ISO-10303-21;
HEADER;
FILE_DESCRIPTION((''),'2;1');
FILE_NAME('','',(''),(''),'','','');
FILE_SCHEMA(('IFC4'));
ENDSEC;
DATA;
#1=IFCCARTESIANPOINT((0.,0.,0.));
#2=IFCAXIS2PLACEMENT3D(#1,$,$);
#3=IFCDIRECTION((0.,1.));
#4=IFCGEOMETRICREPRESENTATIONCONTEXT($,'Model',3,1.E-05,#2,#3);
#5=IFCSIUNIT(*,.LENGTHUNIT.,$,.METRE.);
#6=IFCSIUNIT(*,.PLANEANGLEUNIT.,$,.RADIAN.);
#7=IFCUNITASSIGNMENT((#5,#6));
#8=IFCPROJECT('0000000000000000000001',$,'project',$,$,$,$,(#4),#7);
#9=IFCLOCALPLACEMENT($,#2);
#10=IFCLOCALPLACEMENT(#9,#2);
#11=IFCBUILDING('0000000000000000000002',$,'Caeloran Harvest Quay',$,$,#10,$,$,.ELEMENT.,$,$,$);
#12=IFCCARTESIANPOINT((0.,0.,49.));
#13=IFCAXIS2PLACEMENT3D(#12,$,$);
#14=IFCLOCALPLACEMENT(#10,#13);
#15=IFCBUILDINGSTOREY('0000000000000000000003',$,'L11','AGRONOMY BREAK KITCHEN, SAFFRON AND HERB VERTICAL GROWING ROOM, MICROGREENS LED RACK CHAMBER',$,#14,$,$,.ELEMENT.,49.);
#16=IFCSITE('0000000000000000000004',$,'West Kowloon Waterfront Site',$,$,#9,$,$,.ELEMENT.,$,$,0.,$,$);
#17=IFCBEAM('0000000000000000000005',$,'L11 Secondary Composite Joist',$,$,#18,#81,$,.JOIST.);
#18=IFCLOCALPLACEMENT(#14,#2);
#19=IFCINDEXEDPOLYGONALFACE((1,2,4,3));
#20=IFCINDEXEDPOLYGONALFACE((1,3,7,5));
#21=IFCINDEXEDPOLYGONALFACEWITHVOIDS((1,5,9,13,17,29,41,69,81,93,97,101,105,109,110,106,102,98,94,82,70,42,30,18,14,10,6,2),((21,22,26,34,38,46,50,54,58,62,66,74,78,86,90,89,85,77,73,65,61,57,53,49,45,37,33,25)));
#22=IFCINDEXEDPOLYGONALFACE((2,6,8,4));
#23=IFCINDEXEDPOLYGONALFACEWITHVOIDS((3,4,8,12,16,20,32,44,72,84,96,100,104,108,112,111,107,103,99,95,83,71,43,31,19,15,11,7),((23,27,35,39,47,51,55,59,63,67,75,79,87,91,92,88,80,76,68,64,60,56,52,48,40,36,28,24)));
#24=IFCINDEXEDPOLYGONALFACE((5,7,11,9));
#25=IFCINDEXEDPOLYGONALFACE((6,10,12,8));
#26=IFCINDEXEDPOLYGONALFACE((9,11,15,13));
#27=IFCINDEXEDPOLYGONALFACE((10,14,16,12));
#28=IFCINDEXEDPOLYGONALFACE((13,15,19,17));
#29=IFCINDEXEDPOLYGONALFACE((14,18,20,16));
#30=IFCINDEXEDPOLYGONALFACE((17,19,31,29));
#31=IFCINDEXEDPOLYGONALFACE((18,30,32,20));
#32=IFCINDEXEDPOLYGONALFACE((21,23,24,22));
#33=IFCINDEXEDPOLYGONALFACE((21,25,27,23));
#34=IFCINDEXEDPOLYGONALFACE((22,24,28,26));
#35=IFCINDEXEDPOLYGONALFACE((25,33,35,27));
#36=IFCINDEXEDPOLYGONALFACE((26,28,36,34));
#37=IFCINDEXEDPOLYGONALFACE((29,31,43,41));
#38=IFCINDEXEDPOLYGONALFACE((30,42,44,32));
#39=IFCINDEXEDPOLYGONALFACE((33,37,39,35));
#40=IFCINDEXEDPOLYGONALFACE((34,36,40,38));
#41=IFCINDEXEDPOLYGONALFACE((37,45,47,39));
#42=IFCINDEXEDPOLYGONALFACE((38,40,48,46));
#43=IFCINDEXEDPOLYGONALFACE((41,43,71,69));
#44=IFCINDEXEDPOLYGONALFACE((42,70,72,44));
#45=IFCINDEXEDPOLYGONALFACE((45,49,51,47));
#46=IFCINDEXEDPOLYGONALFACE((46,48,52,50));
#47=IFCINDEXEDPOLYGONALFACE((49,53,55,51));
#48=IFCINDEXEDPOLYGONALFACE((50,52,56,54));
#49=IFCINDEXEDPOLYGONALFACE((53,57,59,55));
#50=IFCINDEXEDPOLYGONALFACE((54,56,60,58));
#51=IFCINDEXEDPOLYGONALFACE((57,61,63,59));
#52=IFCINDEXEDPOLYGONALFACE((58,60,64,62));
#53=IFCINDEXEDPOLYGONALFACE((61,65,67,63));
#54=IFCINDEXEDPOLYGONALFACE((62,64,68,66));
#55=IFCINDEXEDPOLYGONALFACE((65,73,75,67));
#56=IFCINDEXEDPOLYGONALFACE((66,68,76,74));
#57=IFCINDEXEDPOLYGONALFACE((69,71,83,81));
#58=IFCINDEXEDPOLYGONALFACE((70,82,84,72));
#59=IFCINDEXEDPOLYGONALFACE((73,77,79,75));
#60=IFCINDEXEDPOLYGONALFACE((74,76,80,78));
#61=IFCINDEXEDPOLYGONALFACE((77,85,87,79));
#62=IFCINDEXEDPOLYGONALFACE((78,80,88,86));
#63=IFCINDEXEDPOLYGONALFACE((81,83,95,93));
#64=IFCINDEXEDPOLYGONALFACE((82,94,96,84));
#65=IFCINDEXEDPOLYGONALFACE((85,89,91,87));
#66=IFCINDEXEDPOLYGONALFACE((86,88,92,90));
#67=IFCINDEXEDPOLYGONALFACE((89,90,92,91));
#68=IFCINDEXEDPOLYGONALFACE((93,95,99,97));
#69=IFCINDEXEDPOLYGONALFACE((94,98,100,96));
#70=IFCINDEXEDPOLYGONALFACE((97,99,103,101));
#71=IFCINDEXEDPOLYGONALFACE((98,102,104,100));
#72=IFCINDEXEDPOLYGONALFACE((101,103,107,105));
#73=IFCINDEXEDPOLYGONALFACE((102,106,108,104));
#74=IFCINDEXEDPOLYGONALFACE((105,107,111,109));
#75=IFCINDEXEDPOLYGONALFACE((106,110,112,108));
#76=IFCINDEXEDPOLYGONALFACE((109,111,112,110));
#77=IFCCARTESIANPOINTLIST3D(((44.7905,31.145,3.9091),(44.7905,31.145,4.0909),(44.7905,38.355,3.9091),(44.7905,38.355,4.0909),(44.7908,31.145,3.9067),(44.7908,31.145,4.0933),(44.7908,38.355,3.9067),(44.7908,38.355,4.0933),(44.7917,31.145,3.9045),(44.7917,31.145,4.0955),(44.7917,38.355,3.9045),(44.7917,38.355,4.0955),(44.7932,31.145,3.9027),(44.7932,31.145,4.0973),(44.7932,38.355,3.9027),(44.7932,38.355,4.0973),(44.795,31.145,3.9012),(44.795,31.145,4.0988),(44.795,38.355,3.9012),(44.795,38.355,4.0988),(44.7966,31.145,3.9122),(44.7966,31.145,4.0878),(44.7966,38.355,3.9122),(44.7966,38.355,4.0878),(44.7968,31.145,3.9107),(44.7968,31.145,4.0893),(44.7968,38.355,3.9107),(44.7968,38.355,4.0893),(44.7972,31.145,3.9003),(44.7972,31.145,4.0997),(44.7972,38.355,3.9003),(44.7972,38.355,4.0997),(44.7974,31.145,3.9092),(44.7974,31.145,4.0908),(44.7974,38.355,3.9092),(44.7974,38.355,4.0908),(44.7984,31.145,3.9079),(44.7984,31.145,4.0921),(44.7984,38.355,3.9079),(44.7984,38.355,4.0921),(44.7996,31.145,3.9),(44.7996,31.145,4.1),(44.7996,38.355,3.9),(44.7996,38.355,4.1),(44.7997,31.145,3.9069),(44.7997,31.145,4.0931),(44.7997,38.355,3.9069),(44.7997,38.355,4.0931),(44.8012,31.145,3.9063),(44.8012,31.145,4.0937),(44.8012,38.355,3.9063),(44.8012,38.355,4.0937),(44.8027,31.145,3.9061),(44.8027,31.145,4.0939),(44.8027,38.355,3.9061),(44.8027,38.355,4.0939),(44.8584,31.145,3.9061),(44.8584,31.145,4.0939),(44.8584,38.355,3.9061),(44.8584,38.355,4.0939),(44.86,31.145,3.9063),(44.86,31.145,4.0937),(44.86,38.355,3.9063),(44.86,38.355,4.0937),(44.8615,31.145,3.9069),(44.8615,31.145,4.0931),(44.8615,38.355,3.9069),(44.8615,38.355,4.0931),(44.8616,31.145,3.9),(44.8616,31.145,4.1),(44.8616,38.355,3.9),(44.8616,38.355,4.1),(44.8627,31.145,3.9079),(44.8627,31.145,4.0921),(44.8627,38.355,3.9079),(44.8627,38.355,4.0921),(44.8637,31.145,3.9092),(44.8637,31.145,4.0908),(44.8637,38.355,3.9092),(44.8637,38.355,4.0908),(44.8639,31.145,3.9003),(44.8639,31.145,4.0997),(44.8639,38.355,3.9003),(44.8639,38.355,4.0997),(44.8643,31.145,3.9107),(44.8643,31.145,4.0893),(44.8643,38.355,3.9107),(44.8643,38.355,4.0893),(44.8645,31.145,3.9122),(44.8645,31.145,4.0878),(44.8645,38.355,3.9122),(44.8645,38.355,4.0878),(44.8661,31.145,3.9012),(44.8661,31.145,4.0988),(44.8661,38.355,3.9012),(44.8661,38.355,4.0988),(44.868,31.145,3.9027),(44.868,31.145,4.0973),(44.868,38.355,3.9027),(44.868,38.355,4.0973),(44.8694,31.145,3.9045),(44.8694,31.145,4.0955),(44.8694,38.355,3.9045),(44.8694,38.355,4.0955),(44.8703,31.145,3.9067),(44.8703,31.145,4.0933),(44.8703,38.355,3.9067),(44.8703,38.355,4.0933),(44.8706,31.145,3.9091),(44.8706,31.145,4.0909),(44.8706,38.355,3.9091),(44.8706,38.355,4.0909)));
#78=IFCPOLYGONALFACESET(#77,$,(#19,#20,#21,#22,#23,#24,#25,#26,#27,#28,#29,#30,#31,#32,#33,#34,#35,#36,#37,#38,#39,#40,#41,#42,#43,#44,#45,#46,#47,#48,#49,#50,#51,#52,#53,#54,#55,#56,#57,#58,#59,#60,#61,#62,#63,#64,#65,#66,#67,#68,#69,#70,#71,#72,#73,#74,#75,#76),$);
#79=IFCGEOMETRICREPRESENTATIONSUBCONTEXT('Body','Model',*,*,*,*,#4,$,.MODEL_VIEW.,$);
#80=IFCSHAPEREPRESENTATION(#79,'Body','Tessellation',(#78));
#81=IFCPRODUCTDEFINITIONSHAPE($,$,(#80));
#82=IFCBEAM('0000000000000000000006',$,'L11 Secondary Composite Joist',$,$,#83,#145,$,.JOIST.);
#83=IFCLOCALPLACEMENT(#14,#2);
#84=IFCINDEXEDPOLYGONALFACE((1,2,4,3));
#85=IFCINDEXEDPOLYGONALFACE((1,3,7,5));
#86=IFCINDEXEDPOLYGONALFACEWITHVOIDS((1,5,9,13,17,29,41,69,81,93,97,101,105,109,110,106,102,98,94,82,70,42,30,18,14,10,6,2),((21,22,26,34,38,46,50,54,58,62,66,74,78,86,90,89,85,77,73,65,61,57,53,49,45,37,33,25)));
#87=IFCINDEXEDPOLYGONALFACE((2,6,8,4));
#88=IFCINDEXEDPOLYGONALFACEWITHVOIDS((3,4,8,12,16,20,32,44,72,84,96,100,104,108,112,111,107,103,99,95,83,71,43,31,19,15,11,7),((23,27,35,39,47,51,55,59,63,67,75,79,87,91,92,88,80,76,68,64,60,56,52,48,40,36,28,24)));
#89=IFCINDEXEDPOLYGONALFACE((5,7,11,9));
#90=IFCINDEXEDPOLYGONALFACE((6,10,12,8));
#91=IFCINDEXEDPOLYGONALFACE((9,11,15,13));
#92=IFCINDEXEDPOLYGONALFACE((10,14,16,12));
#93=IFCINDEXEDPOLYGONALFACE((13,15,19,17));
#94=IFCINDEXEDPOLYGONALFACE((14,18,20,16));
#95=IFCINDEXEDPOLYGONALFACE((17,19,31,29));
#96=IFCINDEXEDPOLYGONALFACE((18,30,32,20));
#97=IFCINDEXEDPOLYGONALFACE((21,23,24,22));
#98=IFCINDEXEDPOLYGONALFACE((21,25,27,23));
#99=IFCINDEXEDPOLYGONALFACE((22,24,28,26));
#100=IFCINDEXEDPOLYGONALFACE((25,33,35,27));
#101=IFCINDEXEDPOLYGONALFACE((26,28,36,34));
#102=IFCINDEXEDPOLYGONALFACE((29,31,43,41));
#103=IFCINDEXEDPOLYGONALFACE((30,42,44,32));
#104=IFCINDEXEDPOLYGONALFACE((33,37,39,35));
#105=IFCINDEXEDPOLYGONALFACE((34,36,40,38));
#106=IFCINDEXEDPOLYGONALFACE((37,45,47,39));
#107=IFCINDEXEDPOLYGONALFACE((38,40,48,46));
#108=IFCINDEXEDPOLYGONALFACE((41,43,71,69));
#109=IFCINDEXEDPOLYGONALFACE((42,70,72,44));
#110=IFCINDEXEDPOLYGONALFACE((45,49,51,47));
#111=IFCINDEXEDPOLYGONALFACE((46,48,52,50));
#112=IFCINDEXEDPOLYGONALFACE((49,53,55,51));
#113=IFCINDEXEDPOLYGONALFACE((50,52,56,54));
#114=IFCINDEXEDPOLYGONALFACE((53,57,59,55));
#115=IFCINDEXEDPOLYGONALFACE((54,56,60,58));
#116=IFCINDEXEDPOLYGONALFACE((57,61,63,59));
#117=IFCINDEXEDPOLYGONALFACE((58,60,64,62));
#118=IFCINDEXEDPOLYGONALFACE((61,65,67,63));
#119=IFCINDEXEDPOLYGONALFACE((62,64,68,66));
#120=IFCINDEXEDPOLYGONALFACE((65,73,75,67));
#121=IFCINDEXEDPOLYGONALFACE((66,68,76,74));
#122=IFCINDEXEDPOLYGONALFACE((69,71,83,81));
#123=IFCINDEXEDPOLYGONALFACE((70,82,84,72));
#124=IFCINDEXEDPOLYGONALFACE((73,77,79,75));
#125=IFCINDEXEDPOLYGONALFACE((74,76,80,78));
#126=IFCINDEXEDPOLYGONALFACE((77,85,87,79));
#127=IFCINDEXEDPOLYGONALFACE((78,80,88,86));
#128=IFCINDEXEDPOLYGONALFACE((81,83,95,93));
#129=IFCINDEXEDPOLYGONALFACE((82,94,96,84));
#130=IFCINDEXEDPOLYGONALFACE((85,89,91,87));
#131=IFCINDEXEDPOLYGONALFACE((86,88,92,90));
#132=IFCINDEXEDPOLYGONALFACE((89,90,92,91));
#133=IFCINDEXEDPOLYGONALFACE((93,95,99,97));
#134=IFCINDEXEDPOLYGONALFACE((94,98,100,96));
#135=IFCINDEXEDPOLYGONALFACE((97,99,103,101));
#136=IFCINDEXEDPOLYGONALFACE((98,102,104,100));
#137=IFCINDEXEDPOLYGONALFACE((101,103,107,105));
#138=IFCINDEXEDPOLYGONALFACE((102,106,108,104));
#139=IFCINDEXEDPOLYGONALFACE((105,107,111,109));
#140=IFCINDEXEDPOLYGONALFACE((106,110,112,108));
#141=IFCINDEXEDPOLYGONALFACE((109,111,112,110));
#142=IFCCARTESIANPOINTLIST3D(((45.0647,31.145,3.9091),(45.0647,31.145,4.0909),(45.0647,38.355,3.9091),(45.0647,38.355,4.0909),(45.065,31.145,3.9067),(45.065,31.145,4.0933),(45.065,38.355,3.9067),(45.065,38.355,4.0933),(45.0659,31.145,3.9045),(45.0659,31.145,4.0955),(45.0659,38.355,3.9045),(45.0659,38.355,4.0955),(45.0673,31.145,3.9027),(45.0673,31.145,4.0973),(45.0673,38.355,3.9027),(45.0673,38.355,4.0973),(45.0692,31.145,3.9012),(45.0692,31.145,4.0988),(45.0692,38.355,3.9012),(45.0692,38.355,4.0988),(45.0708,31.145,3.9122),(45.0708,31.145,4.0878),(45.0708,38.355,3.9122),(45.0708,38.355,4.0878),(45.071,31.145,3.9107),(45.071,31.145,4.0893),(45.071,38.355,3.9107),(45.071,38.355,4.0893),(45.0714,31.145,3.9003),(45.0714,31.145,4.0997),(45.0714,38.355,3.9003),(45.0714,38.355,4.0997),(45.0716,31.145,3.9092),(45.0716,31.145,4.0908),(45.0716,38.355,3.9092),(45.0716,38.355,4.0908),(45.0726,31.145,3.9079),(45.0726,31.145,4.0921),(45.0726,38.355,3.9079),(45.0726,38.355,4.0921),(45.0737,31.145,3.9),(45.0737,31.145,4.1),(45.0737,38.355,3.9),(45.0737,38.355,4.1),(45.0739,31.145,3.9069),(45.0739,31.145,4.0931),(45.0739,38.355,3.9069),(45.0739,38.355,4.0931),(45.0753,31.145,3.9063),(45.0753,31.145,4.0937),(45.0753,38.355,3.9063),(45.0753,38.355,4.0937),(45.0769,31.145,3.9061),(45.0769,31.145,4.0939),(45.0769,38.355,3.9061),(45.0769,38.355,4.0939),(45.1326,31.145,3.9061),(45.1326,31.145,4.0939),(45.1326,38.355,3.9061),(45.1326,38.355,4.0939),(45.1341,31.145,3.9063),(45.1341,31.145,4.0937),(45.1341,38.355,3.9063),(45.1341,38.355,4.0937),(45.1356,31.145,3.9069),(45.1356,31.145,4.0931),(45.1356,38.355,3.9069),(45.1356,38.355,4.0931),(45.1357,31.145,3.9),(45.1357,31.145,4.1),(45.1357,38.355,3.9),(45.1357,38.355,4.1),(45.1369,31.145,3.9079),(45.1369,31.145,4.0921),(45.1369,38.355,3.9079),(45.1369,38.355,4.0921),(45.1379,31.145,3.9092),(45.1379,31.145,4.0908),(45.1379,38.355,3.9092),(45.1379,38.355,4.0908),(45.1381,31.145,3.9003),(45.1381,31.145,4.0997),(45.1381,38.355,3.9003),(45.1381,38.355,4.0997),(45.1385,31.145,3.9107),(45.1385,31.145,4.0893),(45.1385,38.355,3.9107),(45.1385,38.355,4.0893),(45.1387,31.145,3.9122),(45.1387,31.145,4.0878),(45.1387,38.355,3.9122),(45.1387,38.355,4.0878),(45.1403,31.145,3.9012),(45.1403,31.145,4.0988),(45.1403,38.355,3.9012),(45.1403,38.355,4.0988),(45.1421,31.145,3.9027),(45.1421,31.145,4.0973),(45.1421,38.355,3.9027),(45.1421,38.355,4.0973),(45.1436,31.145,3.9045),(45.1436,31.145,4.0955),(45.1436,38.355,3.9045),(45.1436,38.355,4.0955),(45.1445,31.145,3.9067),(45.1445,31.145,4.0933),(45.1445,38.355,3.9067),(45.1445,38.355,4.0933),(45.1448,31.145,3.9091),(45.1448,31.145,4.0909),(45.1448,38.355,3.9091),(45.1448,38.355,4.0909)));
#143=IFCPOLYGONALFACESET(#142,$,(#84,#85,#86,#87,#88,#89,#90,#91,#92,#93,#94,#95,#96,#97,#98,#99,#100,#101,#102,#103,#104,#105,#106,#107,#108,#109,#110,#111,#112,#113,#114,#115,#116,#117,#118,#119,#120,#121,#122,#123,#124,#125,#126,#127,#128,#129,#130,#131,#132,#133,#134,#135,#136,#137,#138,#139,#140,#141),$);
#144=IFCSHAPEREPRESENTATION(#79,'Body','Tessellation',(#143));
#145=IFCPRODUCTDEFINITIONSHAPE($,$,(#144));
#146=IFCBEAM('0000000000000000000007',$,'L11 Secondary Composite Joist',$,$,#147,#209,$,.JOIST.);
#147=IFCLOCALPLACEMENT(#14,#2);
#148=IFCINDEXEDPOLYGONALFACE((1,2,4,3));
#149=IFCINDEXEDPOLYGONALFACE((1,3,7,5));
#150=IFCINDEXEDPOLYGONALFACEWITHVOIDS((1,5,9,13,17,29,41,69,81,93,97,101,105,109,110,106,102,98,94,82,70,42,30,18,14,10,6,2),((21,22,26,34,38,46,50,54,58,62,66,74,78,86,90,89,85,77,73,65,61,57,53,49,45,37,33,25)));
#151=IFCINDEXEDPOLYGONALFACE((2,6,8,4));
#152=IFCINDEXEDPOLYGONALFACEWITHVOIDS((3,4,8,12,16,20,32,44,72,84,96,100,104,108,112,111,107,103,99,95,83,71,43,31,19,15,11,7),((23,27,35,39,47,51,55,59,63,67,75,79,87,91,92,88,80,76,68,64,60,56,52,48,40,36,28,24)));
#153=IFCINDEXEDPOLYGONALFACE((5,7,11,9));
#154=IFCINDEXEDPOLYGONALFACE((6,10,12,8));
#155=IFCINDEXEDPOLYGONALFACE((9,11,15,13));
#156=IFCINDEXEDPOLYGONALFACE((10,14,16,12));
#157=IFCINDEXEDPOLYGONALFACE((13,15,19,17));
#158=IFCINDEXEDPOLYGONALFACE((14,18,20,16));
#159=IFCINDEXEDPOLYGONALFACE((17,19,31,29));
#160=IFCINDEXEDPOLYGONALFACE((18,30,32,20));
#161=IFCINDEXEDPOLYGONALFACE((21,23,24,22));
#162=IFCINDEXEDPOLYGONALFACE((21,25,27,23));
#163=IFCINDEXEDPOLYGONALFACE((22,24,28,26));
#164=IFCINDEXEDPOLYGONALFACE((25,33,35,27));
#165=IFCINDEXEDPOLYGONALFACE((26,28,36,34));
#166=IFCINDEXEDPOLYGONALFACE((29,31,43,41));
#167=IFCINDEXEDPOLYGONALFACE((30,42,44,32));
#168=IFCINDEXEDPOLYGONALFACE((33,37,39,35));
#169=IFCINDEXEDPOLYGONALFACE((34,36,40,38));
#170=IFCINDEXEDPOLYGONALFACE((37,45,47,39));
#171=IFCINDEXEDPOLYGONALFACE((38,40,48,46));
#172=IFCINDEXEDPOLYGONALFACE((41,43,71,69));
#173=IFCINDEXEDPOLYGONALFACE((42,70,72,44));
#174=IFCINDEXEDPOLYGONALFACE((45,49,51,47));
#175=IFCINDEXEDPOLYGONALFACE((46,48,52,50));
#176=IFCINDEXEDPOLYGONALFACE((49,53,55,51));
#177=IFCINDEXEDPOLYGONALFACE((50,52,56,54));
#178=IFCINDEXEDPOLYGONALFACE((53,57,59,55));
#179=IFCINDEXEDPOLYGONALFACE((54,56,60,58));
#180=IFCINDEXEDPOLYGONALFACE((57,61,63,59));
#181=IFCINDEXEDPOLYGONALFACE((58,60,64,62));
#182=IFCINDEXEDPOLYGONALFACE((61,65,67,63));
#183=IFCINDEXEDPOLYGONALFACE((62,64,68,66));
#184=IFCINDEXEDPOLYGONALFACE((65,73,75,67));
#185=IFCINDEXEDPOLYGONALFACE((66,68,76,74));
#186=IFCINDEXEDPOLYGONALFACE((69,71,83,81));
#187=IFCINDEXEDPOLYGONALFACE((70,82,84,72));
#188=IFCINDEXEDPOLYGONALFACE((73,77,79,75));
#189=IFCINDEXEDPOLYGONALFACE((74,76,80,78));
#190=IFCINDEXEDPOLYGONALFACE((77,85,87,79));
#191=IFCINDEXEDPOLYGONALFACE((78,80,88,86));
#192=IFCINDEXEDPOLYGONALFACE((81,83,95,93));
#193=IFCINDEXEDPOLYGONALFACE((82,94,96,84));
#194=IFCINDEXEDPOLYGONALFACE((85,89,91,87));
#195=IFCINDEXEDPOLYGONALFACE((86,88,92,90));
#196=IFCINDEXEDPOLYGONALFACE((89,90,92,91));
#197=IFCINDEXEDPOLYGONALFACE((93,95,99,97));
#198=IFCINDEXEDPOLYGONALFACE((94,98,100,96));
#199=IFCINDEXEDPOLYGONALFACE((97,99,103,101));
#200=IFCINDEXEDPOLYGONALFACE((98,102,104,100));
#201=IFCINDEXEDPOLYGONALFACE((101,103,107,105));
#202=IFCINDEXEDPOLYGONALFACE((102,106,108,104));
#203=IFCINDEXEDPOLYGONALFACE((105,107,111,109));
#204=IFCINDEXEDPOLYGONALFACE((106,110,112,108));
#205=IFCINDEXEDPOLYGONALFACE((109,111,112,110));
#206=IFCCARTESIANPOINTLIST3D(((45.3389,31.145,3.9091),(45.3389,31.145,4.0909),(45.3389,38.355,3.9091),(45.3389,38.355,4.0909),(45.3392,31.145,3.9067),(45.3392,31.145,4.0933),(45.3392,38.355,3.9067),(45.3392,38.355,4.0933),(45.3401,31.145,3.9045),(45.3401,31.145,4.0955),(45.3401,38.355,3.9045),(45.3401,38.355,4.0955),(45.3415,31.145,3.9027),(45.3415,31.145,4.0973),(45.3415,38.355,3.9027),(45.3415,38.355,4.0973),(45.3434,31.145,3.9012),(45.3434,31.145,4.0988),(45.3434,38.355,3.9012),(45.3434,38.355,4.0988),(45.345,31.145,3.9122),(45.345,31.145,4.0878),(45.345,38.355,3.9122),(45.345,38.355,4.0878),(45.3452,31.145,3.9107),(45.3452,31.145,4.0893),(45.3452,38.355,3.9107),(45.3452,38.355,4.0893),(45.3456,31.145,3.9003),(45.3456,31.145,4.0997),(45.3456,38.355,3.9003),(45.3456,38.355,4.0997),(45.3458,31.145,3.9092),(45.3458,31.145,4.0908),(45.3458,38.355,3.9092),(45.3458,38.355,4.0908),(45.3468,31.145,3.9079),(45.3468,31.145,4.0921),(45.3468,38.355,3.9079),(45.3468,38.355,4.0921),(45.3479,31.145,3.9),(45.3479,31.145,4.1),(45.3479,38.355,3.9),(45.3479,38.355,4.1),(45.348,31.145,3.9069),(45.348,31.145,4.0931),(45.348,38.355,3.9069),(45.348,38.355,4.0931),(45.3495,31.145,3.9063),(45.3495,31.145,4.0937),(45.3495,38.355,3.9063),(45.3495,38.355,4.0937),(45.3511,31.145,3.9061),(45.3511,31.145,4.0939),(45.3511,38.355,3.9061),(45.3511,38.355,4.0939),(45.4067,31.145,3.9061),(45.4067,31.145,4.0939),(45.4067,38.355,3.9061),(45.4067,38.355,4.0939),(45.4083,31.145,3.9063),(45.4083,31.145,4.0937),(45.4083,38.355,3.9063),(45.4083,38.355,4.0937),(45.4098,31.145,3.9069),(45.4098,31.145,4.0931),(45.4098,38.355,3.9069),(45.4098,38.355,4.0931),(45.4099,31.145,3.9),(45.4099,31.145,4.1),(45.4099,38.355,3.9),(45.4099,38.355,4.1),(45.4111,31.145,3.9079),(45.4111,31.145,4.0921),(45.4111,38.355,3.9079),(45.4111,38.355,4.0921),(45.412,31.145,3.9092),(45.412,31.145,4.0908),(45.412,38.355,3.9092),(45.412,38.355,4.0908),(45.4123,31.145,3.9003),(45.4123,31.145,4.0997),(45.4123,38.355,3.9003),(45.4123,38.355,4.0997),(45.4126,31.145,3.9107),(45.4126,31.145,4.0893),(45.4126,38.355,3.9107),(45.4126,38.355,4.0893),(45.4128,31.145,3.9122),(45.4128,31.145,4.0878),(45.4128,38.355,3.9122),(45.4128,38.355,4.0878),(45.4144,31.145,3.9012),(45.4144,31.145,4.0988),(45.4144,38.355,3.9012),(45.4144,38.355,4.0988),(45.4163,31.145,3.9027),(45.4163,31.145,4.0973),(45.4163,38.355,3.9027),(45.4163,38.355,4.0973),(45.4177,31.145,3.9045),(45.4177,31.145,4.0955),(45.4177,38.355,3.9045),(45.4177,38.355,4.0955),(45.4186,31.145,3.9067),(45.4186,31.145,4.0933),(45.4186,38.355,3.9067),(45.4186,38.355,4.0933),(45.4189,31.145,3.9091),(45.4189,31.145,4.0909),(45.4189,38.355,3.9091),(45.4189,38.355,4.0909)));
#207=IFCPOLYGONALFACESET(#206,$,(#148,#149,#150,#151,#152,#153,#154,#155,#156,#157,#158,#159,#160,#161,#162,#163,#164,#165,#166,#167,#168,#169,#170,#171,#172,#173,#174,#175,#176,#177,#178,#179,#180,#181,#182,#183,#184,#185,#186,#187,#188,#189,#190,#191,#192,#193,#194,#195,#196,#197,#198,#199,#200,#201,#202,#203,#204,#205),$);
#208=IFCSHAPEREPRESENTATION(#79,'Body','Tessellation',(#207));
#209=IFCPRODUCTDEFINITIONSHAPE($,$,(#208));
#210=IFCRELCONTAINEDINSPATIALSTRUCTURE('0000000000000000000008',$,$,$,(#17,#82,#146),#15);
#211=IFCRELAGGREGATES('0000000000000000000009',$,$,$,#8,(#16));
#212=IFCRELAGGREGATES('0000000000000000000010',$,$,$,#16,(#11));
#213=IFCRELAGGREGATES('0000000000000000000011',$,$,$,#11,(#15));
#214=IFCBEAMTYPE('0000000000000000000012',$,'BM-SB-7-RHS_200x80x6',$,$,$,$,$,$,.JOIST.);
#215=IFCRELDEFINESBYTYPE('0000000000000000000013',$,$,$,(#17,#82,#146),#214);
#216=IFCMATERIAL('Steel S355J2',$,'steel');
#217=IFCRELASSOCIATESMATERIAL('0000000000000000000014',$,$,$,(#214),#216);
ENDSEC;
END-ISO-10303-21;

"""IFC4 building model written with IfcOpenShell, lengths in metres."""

from ifc_helpers import new_model, si_unit, direction, frame, origin, origin_2d, place, context, subcontext, project, spatial, hollow_rectangle, extrude, material, material_profile, profile_set, type_object, element, save


model = new_model("IFC4")

# Units and contexts
model_context = context("Model", 3, precision=1e-05, world=origin(), true_north=direction((0.0, 1.0)))
body_context = subcontext(model_context, "Body", "Model", "MODEL_VIEW")
ifc_project = project(units=[si_unit("LENGTHUNIT", "METRE"), si_unit("PLANEANGLEUNIT", "RADIAN")], contexts=[model_context])

# Site, building, storey
site_placement = place(None, origin())
site = spatial("IfcSite", under=ifc_project, at=site_placement, Name="West Kowloon Waterfront Site", CompositionType="ELEMENT", RefElevation=0.0)
building_placement = place(site_placement, origin())
building = spatial("IfcBuilding", under=site, at=building_placement, Name="Caeloran Harvest Quay", CompositionType="ELEMENT")
storey_placement = place(building_placement, frame((0.0, 0.0, 49.0)))
storey = spatial("IfcBuildingStorey", under=building, at=storey_placement, Name="L11", Description="AGRONOMY BREAK KITCHEN, SAFFRON AND HERB VERTICAL GROWING ROOM, MICROGREENS LED RACK CHAMBER", CompositionType="ELEMENT", Elevation=49.0)

# Beams
ifc_material_1 = material(Name="Steel S355J2", Category="steel")
ifc_material_profile_1 = material_profile(ifc_material_1, hollow_rectangle(XDim=0.0801, YDim=0.2, WallThickness=0.0061, InnerFilletRadius=0.0061, OuterFilletRadius=0.009, at=origin_2d()), Name="RHS 200x80x6")
ifc_profile_set_1 = profile_set([ifc_material_profile_1], Name="Steel S355J2")
beam_type_1 = type_object("IfcBeamType", Name="BM-SB-7-RHS_200x80x6", PredefinedType="JOIST", material=ifc_profile_set_1)
for number, where, z_axis, x_axis, name in (
    (1, (44.8306, 31.145, 4.0), (0.0, 1.0, 0.0), (-1.0, 0.0, 0.0), "L11 Secondary Composite Joist"),
    (2, (45.1047, 31.145, 4.0), (0.0, 1.0, 0.0), (-1.0, 0.0, 0.0), "L11 Secondary Composite Joist"),
    (3, (45.3789, 31.145, 4.0), (0.0, 1.0, 0.0), (-1.0, 0.0, 0.0), "L11 Secondary Composite Joist"),
):
    element("IfcBeam", number, at=place(storey_placement, frame(where, z_axis=z_axis, x_axis=x_axis)), inside=storey, type_object=beam_type_1, Name=name, PredefinedType="JOIST", context=body_context, shape_type="SweptSolid", body=[
        extrude(hollow_rectangle(XDim=0.0801, YDim=0.2, WallThickness=0.0061, InnerFilletRadius=0.0061, OuterFilletRadius=0.009, at=origin_2d()), origin(), (0.0, 0.0, 1.0), 7.21),
    ])

save(model, "model.ifc")
